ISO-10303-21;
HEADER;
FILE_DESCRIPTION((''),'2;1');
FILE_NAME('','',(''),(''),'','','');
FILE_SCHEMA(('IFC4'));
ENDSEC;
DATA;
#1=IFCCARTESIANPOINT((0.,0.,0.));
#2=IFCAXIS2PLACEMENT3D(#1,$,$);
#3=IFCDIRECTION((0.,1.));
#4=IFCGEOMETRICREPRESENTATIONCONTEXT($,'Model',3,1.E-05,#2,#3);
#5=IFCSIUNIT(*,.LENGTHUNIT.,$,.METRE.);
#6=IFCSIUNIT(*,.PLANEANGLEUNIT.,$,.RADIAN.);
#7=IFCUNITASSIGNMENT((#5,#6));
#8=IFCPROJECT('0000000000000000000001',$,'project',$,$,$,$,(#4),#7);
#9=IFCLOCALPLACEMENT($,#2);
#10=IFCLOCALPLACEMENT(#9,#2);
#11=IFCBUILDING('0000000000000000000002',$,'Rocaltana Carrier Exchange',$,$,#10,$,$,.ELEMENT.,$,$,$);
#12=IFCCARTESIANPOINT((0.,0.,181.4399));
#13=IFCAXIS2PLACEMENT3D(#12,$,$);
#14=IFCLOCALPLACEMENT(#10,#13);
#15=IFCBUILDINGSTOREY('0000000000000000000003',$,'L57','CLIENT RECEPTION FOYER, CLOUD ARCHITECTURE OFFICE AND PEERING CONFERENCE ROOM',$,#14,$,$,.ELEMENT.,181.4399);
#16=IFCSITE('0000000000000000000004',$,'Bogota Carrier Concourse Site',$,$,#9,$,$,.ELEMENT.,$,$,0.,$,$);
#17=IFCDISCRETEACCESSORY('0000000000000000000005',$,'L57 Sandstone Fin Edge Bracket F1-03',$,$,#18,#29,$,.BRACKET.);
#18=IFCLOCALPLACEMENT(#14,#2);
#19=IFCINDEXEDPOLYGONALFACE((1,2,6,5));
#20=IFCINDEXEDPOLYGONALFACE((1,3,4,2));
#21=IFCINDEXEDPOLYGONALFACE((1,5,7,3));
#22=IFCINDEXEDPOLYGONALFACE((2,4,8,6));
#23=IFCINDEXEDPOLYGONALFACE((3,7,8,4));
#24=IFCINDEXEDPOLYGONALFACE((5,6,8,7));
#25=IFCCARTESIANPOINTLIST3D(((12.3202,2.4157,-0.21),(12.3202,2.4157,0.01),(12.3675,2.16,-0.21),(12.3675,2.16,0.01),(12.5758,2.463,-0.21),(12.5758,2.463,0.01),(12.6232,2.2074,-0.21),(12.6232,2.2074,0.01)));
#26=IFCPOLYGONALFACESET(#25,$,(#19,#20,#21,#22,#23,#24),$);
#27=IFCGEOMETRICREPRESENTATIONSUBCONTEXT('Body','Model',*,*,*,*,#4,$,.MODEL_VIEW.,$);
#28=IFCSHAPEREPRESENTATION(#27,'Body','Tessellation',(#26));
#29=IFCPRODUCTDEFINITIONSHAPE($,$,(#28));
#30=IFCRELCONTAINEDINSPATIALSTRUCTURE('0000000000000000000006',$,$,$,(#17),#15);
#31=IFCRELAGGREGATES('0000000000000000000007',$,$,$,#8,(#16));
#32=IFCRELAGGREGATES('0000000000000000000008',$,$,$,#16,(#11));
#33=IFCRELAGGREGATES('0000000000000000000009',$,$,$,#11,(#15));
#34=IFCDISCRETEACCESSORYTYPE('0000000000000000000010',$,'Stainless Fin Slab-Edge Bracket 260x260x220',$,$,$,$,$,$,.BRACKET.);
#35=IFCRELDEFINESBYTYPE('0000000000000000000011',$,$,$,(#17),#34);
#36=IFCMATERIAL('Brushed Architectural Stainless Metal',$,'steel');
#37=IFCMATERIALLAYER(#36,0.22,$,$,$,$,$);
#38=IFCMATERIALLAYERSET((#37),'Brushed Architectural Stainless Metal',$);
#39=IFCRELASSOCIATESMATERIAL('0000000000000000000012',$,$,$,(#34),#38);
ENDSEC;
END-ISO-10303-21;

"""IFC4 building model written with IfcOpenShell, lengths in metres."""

from ifc_helpers import new_model, si_unit, direction, frame, origin, origin_2d, place, context, subcontext, project, spatial, rectangle, extrude, material, layer, layer_set, type_object, element, save


model = new_model("IFC4")

# Units and contexts
model_context = context("Model", 3, precision=1e-05, world=origin(), true_north=direction((0.0, 1.0)))
body_context = subcontext(model_context, "Body", "Model", "MODEL_VIEW")
ifc_project = project(units=[si_unit("LENGTHUNIT", "METRE"), si_unit("PLANEANGLEUNIT", "RADIAN")], contexts=[model_context])

# Site, building, storey
site_placement = place(None, origin())
site = spatial("IfcSite", under=ifc_project, at=site_placement, Name="Bogota Carrier Concourse Site", CompositionType="ELEMENT", RefElevation=0.0)
building_placement = place(site_placement, origin())
building = spatial("IfcBuilding", under=site, at=building_placement, Name="Rocaltana Carrier Exchange", CompositionType="ELEMENT")
storey_placement = place(building_placement, frame((0.0, 0.0, 181.4399)))
storey = spatial("IfcBuildingStorey", under=building, at=storey_placement, Name="L57", Description="CLIENT RECEPTION FOYER, CLOUD ARCHITECTURE OFFICE AND PEERING CONFERENCE ROOM", CompositionType="ELEMENT", Elevation=181.4399)

# Discrete accessory
ifc_material_1 = material(Name="Brushed Architectural Stainless Metal", Category="steel")
ifc_layer_1 = layer(ifc_material_1, 0.22)
ifc_layer_set_1 = layer_set([ifc_layer_1], Name="Brushed Architectural Stainless Metal")
discrete_accessory_type = type_object("IfcDiscreteAccessoryType", Name="Stainless Fin Slab-Edge Bracket 260x260x220", PredefinedType="BRACKET", material=ifc_layer_set_1)
discrete_accessory_placement = place(storey_placement, frame((12.4717, 2.3115, -0.21), z_axis=(0.0, 0.0, 1.0), x_axis=(-0.182236, 0.983255, 0.0)))
element("IfcDiscreteAccessory", 1, at=discrete_accessory_placement, inside=storey, type_object=discrete_accessory_type, Name="L57 Sandstone Fin Edge Bracket F1-03", PredefinedType="BRACKET", context=body_context, shape_type="SweptSolid", body=[
    extrude(rectangle(XDim=0.26, YDim=0.26, at=origin_2d()), origin(), (0.0, 0.0, 1.0), 0.22),
])

save(model, "model.ifc")
